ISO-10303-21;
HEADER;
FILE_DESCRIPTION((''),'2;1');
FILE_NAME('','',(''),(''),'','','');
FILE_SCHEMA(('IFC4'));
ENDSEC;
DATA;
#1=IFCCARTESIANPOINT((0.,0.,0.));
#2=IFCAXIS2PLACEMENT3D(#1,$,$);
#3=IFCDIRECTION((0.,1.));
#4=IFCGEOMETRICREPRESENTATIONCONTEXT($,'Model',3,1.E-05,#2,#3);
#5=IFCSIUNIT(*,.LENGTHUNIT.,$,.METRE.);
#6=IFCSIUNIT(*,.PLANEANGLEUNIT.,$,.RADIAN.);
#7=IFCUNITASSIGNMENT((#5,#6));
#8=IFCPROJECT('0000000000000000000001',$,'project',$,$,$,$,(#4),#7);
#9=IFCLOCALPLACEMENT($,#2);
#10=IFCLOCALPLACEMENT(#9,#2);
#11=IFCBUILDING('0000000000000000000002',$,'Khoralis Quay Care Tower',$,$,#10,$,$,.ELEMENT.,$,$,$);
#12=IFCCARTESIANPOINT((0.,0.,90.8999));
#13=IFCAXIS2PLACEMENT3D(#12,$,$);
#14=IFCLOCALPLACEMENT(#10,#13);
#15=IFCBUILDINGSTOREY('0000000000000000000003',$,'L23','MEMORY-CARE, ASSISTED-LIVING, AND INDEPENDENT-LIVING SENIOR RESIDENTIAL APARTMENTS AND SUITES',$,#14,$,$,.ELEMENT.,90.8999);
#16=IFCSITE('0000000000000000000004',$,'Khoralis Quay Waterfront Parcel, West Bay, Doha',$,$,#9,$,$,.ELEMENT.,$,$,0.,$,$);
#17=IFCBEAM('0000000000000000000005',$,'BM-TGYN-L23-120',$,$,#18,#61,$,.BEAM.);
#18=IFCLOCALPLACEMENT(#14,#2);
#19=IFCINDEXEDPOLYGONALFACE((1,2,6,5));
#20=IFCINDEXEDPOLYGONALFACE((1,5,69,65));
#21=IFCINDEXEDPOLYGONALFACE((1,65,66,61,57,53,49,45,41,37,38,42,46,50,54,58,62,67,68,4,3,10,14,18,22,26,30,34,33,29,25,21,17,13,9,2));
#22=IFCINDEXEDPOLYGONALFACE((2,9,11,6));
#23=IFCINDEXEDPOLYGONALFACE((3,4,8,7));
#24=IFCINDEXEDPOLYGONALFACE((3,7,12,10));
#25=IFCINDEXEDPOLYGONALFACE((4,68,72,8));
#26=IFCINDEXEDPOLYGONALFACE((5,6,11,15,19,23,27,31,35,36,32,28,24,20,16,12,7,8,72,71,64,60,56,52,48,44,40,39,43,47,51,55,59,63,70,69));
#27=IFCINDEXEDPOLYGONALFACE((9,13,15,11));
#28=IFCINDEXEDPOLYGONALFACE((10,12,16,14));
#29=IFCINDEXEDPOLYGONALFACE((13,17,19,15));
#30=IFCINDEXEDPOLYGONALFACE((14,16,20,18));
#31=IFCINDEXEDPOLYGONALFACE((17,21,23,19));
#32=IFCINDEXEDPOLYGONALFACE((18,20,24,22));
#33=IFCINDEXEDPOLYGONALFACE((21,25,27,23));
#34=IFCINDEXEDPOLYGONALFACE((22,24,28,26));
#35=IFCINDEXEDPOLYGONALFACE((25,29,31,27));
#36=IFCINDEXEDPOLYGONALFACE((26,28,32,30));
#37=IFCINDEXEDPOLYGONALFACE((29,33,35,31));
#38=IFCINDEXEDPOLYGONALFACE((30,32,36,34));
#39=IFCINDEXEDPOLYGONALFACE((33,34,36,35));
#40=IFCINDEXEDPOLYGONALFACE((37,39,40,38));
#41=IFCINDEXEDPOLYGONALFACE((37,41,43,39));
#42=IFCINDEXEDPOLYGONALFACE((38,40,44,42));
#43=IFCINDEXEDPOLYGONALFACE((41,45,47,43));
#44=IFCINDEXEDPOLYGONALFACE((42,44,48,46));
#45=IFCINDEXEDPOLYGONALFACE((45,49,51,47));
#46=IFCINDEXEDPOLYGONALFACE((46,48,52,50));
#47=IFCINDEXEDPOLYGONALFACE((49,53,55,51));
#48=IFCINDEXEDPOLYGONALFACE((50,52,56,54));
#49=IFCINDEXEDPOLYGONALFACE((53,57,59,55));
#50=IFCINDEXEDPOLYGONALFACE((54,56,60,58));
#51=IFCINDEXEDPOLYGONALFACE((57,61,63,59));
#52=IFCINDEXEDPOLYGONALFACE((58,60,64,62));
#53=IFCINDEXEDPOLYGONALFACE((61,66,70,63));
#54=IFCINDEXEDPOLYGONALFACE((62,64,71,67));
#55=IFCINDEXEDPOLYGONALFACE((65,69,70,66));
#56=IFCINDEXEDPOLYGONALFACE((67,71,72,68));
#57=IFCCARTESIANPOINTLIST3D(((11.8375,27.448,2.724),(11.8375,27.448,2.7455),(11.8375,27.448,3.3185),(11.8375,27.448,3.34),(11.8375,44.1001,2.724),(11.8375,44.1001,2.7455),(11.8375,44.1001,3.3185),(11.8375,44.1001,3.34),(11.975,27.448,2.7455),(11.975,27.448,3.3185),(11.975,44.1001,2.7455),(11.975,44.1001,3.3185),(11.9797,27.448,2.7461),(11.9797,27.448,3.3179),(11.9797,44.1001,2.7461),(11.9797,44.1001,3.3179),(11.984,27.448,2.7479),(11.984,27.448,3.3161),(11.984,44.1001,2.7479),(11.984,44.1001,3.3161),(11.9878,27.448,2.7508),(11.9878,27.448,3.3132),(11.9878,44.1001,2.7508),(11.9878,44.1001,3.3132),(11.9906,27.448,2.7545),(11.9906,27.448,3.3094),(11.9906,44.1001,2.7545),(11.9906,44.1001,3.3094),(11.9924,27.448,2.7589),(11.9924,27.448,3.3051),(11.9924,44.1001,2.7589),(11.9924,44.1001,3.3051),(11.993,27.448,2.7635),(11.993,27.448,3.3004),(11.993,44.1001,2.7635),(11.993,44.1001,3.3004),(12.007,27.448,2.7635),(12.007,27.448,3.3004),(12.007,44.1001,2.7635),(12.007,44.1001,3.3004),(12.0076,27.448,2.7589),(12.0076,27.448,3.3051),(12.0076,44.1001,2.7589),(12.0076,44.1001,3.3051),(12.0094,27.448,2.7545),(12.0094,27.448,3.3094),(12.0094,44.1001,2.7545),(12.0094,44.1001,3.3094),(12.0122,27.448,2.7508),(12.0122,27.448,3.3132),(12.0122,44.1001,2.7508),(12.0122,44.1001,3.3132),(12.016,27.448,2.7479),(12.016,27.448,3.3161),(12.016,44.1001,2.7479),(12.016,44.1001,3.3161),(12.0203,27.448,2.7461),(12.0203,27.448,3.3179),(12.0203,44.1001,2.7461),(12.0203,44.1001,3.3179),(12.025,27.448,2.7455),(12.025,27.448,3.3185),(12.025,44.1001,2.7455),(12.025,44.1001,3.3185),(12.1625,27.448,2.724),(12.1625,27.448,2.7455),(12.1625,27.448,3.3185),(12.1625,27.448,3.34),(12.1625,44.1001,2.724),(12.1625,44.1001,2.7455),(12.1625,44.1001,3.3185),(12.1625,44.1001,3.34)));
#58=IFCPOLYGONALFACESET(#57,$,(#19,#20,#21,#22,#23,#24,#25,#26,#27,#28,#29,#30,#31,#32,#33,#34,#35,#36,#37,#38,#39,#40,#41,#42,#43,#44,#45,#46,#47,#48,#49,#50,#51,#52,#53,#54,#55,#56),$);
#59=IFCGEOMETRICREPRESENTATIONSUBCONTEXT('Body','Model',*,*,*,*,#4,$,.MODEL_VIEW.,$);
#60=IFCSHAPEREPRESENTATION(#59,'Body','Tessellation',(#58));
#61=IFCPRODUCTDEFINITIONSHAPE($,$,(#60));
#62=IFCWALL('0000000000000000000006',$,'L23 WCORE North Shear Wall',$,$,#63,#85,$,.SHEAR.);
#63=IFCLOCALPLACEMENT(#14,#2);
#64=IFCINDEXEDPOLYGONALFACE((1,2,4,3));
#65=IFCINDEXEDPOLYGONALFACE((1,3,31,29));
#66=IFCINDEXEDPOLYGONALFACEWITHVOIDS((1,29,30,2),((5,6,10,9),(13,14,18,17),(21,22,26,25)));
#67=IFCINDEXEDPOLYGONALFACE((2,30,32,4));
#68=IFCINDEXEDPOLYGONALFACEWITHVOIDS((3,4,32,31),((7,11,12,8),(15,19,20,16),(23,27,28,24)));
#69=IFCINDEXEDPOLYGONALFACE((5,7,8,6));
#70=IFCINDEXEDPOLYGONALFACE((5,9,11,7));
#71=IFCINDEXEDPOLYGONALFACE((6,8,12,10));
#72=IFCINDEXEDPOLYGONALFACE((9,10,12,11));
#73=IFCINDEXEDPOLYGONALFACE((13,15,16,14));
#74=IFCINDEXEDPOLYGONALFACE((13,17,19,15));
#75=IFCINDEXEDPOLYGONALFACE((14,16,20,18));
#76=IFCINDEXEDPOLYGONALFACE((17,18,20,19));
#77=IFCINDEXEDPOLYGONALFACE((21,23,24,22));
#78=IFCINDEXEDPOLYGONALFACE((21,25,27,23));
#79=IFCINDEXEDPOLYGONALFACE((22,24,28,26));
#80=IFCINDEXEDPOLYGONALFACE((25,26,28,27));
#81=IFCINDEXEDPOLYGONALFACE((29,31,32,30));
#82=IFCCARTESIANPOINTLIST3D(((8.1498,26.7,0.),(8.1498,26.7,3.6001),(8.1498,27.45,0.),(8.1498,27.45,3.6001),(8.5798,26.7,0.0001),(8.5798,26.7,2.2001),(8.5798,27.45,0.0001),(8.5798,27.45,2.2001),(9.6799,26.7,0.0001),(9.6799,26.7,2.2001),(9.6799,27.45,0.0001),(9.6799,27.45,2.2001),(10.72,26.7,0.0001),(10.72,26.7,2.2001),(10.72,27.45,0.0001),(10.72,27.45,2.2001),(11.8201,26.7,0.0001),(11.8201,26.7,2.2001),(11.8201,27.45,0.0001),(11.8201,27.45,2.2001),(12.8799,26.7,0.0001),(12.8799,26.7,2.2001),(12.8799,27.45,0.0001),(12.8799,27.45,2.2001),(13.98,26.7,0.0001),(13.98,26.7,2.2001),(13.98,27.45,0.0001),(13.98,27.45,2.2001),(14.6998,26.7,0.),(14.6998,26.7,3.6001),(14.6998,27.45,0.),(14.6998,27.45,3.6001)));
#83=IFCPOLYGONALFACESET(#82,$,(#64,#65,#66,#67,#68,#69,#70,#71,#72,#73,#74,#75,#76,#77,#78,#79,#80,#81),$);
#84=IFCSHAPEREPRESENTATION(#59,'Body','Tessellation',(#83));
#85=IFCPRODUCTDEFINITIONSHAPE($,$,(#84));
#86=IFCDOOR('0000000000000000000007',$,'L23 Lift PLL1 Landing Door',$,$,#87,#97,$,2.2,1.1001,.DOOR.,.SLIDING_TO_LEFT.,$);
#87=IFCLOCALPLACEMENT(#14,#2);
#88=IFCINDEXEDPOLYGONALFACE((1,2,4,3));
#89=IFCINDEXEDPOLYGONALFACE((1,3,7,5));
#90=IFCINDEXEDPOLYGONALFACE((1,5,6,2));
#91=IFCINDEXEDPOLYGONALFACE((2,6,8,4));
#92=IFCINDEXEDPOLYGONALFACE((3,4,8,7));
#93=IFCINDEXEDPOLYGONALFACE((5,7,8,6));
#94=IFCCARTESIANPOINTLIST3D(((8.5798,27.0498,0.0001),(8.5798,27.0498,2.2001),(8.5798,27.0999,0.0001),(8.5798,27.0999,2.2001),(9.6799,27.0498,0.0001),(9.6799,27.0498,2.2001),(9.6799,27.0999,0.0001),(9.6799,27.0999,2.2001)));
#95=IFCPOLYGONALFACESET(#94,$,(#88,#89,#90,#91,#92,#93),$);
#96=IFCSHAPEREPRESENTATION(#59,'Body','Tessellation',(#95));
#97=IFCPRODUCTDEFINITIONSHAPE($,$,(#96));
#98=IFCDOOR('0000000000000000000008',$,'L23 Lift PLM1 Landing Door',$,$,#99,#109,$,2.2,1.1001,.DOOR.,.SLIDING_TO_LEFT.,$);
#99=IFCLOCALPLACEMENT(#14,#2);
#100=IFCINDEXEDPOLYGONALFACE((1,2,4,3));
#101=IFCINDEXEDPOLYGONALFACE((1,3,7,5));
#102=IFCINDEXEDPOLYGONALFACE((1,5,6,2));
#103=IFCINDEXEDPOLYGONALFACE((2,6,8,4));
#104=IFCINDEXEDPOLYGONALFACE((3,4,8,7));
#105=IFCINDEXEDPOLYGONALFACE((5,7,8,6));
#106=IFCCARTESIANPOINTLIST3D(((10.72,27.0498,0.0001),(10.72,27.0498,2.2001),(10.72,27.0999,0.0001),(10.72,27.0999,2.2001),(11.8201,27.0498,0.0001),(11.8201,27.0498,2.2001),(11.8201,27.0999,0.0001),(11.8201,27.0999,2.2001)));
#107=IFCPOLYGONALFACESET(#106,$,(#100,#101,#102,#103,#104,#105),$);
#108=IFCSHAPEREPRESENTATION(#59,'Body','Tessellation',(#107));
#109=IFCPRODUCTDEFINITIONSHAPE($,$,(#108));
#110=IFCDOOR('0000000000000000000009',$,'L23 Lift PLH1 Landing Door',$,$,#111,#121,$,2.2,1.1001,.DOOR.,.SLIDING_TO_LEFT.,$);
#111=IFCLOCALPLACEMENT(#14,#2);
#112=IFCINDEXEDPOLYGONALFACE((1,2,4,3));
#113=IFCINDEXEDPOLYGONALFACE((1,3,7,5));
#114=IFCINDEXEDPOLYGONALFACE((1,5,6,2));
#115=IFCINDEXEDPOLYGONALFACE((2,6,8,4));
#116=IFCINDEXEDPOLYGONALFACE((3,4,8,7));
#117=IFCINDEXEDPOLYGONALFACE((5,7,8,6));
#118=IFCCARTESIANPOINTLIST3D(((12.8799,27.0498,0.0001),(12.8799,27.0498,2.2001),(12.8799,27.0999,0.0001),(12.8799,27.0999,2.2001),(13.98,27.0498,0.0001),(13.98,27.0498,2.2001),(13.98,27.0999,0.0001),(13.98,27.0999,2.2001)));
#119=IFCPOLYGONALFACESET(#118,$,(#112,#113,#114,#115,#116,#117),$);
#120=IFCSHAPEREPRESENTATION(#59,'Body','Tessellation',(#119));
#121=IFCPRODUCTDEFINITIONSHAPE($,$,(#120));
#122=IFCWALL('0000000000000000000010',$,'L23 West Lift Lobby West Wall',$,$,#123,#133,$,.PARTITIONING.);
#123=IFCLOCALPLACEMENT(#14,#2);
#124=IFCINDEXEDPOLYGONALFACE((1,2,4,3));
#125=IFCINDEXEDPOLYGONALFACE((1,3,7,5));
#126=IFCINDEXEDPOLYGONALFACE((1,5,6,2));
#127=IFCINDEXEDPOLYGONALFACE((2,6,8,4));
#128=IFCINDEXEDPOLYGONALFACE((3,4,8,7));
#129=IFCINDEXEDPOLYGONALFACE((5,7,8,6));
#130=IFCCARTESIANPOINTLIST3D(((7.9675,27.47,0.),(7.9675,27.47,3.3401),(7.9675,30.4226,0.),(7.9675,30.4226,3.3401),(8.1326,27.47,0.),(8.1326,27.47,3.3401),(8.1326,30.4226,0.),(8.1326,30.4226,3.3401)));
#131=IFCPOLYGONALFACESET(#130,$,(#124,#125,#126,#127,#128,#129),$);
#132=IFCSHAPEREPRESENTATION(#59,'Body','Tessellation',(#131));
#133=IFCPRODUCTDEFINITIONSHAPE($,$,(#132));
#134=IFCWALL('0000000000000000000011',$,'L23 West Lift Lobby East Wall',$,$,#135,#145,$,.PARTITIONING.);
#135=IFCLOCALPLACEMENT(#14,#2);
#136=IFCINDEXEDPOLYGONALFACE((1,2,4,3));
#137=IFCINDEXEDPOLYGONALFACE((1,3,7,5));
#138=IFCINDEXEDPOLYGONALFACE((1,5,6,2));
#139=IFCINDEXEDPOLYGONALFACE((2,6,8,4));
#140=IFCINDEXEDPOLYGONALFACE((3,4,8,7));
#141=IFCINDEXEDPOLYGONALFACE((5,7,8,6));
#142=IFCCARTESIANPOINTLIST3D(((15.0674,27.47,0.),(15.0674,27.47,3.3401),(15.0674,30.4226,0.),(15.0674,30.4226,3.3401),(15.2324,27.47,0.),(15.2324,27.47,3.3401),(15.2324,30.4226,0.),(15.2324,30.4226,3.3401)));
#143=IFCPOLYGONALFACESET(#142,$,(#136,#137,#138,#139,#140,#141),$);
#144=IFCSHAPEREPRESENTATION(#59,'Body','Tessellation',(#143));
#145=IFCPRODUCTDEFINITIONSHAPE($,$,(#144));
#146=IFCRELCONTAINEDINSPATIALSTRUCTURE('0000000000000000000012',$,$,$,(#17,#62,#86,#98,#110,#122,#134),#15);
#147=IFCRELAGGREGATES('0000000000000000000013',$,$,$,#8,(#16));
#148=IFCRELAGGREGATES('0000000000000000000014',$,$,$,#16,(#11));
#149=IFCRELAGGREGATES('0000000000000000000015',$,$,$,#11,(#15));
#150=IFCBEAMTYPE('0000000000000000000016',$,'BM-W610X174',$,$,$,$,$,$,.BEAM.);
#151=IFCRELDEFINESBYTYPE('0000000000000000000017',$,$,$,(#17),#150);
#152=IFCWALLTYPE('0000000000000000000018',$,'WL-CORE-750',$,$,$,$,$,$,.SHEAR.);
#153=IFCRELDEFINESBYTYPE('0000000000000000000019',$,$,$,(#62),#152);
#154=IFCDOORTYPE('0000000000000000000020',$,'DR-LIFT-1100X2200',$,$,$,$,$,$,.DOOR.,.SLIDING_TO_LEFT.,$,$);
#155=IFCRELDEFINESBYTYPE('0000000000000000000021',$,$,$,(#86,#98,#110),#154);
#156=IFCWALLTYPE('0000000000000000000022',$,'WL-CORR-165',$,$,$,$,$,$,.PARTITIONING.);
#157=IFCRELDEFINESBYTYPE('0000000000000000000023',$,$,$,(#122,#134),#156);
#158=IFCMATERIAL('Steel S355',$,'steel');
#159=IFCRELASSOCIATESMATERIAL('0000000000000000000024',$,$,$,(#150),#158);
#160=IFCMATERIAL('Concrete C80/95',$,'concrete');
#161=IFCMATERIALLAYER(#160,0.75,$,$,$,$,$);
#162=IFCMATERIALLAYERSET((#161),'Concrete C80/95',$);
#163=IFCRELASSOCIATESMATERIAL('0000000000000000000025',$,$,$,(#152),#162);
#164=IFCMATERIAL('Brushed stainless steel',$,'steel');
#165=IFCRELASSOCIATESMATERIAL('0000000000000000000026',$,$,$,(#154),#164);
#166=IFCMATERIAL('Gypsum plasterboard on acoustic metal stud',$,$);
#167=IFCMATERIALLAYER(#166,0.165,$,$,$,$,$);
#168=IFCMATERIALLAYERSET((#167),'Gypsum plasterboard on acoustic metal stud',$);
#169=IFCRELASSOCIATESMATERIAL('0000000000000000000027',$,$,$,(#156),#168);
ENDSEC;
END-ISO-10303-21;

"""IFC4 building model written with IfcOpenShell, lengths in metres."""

from ifc_helpers import new_model, si_unit, direction, frame, frame_2d, origin, origin_2d, place, context, subcontext, project, spatial, rectangle, i_section, extrude, source, transform, mapped, material, layer, layer_set, material_profile, profile_set, type_object, element, fill, save


model = new_model("IFC4")

# Units and contexts
model_context = context("Model", 3, precision=1e-05, world=origin(), true_north=direction((0.0, 1.0)))
body_context = subcontext(model_context, "Body", "Model", "MODEL_VIEW")
ifc_project = project(units=[si_unit("LENGTHUNIT", "METRE"), si_unit("PLANEANGLEUNIT", "RADIAN")], contexts=[model_context])

# Site, building, storey
site_placement = place(None, origin())
site = spatial("IfcSite", under=ifc_project, at=site_placement, Name="Khoralis Quay Waterfront Parcel, West Bay, Doha", CompositionType="ELEMENT", RefElevation=0.0)
building_placement = place(site_placement, origin())
building = spatial("IfcBuilding", under=site, at=building_placement, Name="Khoralis Quay Care Tower", CompositionType="ELEMENT")
storey_placement = place(building_placement, frame((0.0, 0.0, 90.8999)))
storey = spatial("IfcBuildingStorey", under=building, at=storey_placement, Name="L23", Description="MEMORY-CARE, ASSISTED-LIVING, AND INDEPENDENT-LIVING SENIOR RESIDENTIAL APARTMENTS AND SUITES", CompositionType="ELEMENT", Elevation=90.8999)

# Beam
ifc_material_1 = material(Name="Concrete C80/95", Category="concrete")
ifc_material_2 = material(Name="Steel S355", Category="steel")
ifc_material_profile_1 = material_profile(ifc_material_2, i_section(OverallWidth=0.325, OverallDepth=0.616, WebThickness=0.0139, FlangeThickness=0.0215, FilletRadius=0.0181, at=origin_2d()), Name="Steel S355")
ifc_profile_set_1 = profile_set([ifc_material_profile_1], Name="Steel S355")
beam_type_1 = type_object("IfcBeamType", Name="BM-W610X174", PredefinedType="BEAM", material=ifc_profile_set_1)
shared_shape_1 = source(origin(), body_context, "Body", "SweptSolid", [
    extrude(i_section(OverallWidth=0.325, OverallDepth=0.616, WebThickness=0.0139, FlangeThickness=0.0215, FilletRadius=0.0181, at=origin_2d()), origin(), (0.0, 0.0, 1.0), 16.6521),
])
beam_1_placement = place(storey_placement, frame((12.0, 27.448, 3.032), z_axis=(0.0, 1.0, 0.0), x_axis=(-1.0, 0.0, 0.0)))
element("IfcBeam", 1, at=beam_1_placement, inside=storey, type_object=beam_type_1, Name="BM-TGYN-L23-120", PredefinedType="BEAM", context=body_context, shape_type="MappedRepresentation", body=[
    mapped(shared_shape_1, transform((0.0, 0.0, 0.0), scale=1.0)),
])

# Wall, openings, doors
ifc_layer_1 = layer(ifc_material_1, 0.75)
ifc_layer_set_1 = layer_set([ifc_layer_1], Name="Concrete C80/95")
wall_type_1 = type_object("IfcWallType", Name="WL-CORE-750", PredefinedType="SHEAR", material=ifc_layer_set_1)
wall_1_placement = place(storey_placement, frame((8.1499, 27.075, 0.0), z_axis=(0.0, 0.0, 1.0), x_axis=(1.0, 0.0, 0.0)))
wall_1 = element("IfcWall", 2, at=wall_1_placement, inside=storey, type_object=wall_type_1, Name="L23 WCORE North Shear Wall", PredefinedType="SHEAR", context=body_context, shape_type="SweptSolid", body=[
    extrude(rectangle(XDim=6.55, YDim=0.75, at=frame_2d((3.2749, 0.0))), origin(), (0.0, 0.0, 1.0), 3.6001),
])
opening_1_placement = place(wall_1_placement, frame((0.4299, 0.0, 0.0)))
opening_1 = element("IfcOpeningElement", 3, at=opening_1_placement, cuts=wall_1, PredefinedType="OPENING", context=body_context, shape_type="SweptSolid", body=[
    extrude(rectangle(XDim=1.1001, YDim=2.2, at=frame_2d((0.55, 1.1001))), frame((0.0, 0.385, 0.0), z_axis=(0.0, -1.0, 0.0), x_axis=(1.0, 0.0, 0.0)), (0.0, 0.0, 1.0), 0.77),
])
opening_2_placement = place(wall_1_placement, frame((2.5701, 0.0, 0.0)))
opening_2 = element("IfcOpeningElement", 4, at=opening_2_placement, cuts=wall_1, PredefinedType="OPENING", context=body_context, shape_type="SweptSolid", body=[
    extrude(rectangle(XDim=1.1001, YDim=2.2, at=frame_2d((0.55, 1.1001))), frame((0.0, 0.385, 0.0), z_axis=(0.0, -1.0, 0.0), x_axis=(1.0, 0.0, 0.0)), (0.0, 0.0, 1.0), 0.77),
])
opening_3_placement = place(wall_1_placement, frame((4.73, 0.0, 0.0)))
opening_3 = element("IfcOpeningElement", 5, at=opening_3_placement, cuts=wall_1, PredefinedType="OPENING", context=body_context, shape_type="SweptSolid", body=[
    extrude(rectangle(XDim=1.1001, YDim=2.2, at=frame_2d((0.55, 1.1001))), frame((0.0, 0.385, 0.0), z_axis=(0.0, -1.0, 0.0), x_axis=(1.0, 0.0, 0.0)), (0.0, 0.0, 1.0), 0.77),
])
ifc_material_3 = material(Name="Brushed stainless steel", Category="steel")
door_type_1 = type_object("IfcDoorType", Name="DR-LIFT-1100X2200", OperationType="SLIDING_TO_LEFT", PredefinedType="DOOR", material=ifc_material_3)
shared_shape_2 = source(origin(), body_context, "Body", "SweptSolid", [
    extrude(rectangle(XDim=1.1001, YDim=2.2, at=frame_2d((0.55, 1.1001))), frame((0.0, 0.0249, 0.0), z_axis=(0.0, -1.0, 0.0), x_axis=(1.0, 0.0, 0.0)), (0.0, 0.0, 1.0), 0.05),
])
door_1_placement = place(opening_1_placement, origin())
door_1 = element("IfcDoor", 6, at=door_1_placement, inside=storey, type_object=door_type_1, Name="L23 Lift PLL1 Landing Door", OperationType="SLIDING_TO_LEFT", OverallHeight=2.2, OverallWidth=1.1001, PredefinedType="DOOR", context=body_context, shape_type="MappedRepresentation", body=[
    mapped(shared_shape_2, transform((0.0, 0.0, 0.0), scale=1.0)),
])
fill(opening_1, door_1)
door_2_placement = place(opening_2_placement, origin())
door_2 = element("IfcDoor", 7, at=door_2_placement, inside=storey, type_object=door_type_1, Name="L23 Lift PLM1 Landing Door", OperationType="SLIDING_TO_LEFT", OverallHeight=2.2, OverallWidth=1.1001, PredefinedType="DOOR", context=body_context, shape_type="MappedRepresentation", body=[
    mapped(shared_shape_2, transform((0.0, 0.0, 0.0), scale=1.0)),
])
fill(opening_2, door_2)
door_3_placement = place(opening_3_placement, origin())
door_3 = element("IfcDoor", 8, at=door_3_placement, inside=storey, type_object=door_type_1, Name="L23 Lift PLH1 Landing Door", OperationType="SLIDING_TO_LEFT", OverallHeight=2.2, OverallWidth=1.1001, PredefinedType="DOOR", context=body_context, shape_type="MappedRepresentation", body=[
    mapped(shared_shape_2, transform((0.0, 0.0, 0.0), scale=1.0)),
])
fill(opening_3, door_3)

# Walls
ifc_material_4 = material(Name="Gypsum plasterboard on acoustic metal stud")
ifc_layer_2 = layer(ifc_material_4, 0.165)
ifc_layer_set_2 = layer_set([ifc_layer_2], Name="Gypsum plasterboard on acoustic metal stud")
wall_type_2 = type_object("IfcWallType", Name="WL-CORR-165", PredefinedType="PARTITIONING", material=ifc_layer_set_2)
for number, where, z_axis, x_axis, name in (
    (9, (8.05, 27.47, 0.0), (0.0, 0.0, 1.0), (0.0, 1.0, 0.0), "L23 West Lift Lobby West Wall"),
    (10, (15.1499, 27.47, 0.0), (0.0, 0.0, 1.0), (0.0, 1.0, 0.0), "L23 West Lift Lobby East Wall"),
):
    element("IfcWall", number, at=place(storey_placement, frame(where, z_axis=z_axis, x_axis=x_axis)), inside=storey, type_object=wall_type_2, Name=name, PredefinedType="PARTITIONING", context=body_context, shape_type="SweptSolid", body=[
        extrude(rectangle(XDim=2.9526, YDim=0.165, at=frame_2d((1.4763, 0.0))), origin(), (0.0, 0.0, 1.0), 3.3401),
    ])

save(model, "model.ifc")
